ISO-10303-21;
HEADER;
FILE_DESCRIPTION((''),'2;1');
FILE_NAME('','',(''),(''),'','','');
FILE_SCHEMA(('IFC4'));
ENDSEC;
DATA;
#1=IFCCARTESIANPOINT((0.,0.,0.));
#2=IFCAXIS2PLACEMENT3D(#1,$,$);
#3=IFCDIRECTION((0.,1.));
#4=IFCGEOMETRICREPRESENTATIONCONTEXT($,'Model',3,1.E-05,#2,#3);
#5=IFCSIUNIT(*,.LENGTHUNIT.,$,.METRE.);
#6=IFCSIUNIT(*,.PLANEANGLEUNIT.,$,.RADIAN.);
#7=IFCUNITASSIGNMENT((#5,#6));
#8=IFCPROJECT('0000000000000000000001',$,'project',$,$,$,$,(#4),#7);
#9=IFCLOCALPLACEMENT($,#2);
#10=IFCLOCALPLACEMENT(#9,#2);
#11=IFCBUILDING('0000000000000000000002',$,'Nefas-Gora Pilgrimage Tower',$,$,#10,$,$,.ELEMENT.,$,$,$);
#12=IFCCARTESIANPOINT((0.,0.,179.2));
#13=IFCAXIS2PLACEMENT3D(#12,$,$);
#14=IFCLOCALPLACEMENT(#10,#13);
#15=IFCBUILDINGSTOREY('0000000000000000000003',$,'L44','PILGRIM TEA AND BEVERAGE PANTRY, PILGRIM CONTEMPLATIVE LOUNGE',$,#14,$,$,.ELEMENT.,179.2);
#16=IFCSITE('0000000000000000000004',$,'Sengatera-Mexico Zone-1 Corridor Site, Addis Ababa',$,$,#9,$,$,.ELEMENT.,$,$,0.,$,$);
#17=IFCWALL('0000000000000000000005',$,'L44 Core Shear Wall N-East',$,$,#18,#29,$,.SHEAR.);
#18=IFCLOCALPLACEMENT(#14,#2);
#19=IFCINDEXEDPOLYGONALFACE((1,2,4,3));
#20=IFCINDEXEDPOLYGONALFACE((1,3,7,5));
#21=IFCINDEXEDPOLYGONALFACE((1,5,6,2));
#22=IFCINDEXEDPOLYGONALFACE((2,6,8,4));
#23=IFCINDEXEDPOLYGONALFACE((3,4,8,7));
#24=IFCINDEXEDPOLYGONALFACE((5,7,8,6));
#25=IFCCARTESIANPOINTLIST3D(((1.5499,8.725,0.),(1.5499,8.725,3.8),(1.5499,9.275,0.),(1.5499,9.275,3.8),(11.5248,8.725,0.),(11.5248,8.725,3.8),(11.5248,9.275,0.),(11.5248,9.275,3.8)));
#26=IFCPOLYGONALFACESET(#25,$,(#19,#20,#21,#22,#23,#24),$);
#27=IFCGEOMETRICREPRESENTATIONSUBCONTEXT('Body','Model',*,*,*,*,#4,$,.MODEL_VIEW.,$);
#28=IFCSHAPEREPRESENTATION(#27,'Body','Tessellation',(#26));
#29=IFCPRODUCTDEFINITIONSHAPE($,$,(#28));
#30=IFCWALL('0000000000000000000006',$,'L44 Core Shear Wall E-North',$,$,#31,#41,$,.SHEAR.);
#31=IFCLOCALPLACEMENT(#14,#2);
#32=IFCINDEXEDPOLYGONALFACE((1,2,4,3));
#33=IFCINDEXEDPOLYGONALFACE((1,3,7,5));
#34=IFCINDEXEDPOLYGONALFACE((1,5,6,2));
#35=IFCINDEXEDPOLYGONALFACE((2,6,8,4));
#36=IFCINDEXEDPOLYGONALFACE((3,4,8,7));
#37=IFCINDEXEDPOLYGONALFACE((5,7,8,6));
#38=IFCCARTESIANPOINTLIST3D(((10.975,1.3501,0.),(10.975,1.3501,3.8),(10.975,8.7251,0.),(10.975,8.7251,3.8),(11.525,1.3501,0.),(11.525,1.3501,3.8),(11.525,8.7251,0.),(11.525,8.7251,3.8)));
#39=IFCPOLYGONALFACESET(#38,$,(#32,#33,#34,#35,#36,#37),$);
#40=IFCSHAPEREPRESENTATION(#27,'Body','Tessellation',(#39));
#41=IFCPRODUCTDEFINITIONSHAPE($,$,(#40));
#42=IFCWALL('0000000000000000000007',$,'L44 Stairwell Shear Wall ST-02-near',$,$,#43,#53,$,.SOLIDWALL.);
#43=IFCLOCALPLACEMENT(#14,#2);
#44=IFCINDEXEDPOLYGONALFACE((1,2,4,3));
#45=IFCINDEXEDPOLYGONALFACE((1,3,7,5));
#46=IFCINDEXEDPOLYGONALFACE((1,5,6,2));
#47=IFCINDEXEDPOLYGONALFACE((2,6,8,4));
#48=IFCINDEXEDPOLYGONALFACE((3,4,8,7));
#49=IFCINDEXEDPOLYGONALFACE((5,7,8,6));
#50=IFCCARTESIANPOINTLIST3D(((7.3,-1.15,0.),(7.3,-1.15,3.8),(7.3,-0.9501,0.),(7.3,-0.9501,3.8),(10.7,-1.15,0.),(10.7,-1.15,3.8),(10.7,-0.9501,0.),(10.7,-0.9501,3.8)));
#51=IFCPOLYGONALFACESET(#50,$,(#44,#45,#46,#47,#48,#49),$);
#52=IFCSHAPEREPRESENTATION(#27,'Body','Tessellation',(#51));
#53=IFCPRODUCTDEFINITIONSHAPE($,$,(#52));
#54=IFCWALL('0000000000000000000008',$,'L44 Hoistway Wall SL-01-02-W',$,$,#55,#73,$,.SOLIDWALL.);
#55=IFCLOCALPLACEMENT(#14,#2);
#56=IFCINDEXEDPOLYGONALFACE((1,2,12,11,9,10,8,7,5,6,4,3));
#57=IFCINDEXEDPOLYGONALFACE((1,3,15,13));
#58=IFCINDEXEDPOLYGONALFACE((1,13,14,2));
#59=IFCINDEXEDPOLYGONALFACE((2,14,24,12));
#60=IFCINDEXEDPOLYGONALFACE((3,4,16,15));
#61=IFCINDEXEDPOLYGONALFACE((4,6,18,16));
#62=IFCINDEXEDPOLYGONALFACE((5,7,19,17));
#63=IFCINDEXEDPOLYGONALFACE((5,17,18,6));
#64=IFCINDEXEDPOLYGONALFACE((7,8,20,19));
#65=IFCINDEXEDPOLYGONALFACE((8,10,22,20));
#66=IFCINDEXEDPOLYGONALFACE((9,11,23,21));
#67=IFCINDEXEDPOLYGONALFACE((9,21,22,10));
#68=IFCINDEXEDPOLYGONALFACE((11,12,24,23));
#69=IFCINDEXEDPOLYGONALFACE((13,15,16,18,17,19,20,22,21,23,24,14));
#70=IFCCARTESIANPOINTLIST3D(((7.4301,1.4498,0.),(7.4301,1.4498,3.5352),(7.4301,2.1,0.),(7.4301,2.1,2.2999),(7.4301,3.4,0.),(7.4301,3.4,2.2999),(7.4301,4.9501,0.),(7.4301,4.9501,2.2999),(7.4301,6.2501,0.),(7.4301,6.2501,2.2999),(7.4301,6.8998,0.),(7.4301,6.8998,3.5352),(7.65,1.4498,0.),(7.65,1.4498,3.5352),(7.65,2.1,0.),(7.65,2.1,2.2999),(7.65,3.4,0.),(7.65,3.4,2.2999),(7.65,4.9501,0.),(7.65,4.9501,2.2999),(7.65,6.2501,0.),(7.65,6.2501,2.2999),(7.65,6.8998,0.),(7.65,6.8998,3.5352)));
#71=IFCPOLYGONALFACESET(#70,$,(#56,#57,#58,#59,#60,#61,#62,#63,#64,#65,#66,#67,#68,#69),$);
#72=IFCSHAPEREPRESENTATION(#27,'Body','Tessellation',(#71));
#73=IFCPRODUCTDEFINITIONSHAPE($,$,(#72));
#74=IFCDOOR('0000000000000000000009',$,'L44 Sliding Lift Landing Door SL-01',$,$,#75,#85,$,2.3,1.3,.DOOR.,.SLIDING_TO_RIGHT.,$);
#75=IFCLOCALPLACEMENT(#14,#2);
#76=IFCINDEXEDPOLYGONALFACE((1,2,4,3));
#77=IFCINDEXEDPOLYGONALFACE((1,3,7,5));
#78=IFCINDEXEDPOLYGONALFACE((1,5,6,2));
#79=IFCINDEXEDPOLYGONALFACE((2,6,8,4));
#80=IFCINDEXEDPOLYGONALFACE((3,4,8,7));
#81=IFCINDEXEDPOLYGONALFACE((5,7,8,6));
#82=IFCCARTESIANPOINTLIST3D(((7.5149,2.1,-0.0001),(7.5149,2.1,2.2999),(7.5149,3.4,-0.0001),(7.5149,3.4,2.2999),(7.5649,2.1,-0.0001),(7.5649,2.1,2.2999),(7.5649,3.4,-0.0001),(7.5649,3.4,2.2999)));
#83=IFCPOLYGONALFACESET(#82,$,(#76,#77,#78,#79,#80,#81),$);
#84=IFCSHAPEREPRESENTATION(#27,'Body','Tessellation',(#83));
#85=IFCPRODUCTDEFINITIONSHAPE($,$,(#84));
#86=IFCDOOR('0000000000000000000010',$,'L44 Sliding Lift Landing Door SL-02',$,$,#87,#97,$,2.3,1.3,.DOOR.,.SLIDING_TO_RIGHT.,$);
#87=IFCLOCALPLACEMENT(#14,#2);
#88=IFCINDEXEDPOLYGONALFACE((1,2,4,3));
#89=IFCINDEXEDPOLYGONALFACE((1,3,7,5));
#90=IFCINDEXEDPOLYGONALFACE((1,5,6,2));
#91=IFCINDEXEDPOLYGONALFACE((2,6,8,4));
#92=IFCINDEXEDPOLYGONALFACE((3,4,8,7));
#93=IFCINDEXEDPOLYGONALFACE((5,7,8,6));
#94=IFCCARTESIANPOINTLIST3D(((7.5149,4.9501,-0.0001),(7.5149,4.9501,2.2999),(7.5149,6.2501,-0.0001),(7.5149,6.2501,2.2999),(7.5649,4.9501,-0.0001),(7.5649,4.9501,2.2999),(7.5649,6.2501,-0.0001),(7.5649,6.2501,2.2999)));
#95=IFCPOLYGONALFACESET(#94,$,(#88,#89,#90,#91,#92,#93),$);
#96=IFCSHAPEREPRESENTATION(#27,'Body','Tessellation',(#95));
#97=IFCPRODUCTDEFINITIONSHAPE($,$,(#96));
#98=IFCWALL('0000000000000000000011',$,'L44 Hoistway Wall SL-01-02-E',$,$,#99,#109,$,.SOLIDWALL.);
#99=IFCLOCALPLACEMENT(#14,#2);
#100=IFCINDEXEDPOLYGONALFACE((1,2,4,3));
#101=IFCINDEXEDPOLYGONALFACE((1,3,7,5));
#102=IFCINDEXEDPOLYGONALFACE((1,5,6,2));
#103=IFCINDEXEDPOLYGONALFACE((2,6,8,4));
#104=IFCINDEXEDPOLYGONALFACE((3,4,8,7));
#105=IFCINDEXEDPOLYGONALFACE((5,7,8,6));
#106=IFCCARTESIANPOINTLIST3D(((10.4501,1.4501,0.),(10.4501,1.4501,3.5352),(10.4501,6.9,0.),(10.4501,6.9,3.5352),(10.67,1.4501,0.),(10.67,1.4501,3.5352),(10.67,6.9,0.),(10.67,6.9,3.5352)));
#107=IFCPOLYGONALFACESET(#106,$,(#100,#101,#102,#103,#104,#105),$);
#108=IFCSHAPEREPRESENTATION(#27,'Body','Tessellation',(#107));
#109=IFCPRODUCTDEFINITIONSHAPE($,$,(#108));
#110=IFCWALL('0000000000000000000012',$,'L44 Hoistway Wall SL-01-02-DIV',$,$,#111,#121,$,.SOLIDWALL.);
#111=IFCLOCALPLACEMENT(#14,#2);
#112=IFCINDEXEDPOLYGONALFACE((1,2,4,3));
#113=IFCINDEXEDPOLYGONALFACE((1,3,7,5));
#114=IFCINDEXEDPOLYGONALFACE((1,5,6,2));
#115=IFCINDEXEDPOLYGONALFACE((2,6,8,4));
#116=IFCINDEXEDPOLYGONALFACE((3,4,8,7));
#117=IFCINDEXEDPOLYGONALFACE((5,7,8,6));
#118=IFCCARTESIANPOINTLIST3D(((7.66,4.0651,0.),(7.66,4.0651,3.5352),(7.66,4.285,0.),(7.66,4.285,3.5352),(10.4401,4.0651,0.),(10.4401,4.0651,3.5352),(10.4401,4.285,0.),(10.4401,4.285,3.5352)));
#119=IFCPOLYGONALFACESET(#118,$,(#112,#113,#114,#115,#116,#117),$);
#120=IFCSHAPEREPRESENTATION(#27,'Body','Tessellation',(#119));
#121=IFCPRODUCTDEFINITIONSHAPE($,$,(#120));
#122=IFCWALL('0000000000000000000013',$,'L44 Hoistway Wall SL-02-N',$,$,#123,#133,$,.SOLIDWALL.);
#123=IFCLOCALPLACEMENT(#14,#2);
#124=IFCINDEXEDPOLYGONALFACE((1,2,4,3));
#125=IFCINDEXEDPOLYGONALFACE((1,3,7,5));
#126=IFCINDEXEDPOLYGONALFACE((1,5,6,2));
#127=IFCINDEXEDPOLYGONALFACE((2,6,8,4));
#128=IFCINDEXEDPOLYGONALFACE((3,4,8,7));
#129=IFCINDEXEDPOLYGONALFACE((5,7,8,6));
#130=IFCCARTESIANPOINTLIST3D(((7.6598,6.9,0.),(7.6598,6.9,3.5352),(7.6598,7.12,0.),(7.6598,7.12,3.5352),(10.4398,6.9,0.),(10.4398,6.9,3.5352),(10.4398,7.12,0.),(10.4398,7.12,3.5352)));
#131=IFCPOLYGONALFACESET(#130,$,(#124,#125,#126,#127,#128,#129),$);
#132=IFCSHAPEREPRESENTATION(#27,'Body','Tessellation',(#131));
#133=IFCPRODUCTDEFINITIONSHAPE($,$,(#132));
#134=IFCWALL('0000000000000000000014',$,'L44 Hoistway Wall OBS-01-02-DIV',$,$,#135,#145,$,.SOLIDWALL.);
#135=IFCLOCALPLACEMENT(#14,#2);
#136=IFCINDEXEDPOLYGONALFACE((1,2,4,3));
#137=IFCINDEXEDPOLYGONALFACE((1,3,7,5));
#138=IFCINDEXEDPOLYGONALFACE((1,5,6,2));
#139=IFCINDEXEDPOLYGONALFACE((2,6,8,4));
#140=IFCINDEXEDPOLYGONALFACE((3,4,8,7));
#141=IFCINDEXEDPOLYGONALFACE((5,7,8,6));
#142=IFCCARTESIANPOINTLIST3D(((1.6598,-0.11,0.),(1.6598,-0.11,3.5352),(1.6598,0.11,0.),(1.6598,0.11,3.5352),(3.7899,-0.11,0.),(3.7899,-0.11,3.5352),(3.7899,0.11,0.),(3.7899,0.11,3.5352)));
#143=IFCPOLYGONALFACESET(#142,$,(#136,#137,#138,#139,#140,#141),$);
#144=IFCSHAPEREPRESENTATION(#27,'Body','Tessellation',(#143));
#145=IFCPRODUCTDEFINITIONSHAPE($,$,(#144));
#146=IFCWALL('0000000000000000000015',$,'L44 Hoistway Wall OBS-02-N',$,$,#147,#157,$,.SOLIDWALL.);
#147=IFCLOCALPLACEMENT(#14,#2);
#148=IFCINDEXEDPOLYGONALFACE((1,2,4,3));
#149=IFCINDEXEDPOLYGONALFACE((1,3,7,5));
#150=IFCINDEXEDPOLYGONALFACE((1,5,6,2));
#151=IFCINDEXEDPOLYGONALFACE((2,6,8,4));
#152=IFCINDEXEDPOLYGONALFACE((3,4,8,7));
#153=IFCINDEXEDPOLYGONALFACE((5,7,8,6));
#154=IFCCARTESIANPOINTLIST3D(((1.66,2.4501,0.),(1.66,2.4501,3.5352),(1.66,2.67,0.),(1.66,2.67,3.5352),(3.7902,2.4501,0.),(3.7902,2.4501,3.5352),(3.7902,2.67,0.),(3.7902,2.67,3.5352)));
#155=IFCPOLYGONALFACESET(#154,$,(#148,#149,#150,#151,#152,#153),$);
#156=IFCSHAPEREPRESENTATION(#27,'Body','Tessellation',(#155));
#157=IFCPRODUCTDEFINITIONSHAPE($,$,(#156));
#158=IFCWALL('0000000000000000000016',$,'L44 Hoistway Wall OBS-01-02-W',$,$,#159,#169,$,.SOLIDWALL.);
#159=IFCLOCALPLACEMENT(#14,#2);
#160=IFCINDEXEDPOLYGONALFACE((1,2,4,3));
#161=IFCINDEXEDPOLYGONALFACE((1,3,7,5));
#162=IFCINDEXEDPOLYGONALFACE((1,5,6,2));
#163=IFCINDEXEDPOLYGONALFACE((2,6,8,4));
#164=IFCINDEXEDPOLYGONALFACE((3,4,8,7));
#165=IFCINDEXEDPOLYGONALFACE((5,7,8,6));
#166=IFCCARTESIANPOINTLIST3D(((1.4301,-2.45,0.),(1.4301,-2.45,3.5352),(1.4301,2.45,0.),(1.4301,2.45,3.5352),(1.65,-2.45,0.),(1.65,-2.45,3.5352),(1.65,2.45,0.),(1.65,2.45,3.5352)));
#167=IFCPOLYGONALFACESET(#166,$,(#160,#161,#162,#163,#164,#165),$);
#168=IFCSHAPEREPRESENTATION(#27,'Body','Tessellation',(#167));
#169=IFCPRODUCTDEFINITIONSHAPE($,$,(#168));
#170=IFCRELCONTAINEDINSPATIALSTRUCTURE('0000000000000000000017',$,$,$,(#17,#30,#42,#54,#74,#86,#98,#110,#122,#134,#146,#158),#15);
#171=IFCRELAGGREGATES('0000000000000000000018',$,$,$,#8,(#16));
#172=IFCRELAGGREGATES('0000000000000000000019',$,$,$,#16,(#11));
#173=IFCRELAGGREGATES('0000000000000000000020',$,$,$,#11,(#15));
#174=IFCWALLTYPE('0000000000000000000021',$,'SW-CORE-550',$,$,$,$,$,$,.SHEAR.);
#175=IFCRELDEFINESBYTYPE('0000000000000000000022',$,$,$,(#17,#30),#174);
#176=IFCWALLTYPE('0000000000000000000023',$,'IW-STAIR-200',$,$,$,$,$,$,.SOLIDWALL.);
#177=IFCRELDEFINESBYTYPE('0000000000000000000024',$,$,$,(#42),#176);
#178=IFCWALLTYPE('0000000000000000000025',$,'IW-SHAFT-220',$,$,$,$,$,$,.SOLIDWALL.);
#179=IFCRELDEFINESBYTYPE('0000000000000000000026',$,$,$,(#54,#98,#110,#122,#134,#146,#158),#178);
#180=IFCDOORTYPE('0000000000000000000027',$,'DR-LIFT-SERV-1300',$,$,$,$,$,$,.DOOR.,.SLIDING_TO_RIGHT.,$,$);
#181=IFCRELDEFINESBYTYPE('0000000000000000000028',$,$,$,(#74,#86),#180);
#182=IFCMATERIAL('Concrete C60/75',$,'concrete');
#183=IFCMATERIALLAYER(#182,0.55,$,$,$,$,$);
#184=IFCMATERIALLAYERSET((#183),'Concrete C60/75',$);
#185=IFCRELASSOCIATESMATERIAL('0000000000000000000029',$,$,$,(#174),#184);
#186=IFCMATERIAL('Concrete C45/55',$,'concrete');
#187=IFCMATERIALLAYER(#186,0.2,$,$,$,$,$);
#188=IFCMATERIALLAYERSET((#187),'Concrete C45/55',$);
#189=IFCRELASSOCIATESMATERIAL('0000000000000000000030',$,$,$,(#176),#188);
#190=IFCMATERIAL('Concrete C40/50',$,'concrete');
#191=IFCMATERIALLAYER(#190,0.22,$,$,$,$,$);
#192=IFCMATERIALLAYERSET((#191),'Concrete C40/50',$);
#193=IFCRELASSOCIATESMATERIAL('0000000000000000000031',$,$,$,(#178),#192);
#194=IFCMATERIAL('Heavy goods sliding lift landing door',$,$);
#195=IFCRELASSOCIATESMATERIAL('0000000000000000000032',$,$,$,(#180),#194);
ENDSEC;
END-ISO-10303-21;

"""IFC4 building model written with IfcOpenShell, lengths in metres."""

from ifc_helpers import new_model, si_unit, direction, frame, frame_2d, origin, place, context, subcontext, project, spatial, rectangle, extrude, source, transform, mapped, material, layer, layer_set, type_object, element, fill, save


model = new_model("IFC4")

# Units and contexts
model_context = context("Model", 3, precision=1e-05, world=origin(), true_north=direction((0.0, 1.0)))
body_context = subcontext(model_context, "Body", "Model", "MODEL_VIEW")
ifc_project = project(units=[si_unit("LENGTHUNIT", "METRE"), si_unit("PLANEANGLEUNIT", "RADIAN")], contexts=[model_context])

# Site, building, storey
site_placement = place(None, origin())
site = spatial("IfcSite", under=ifc_project, at=site_placement, Name="Sengatera-Mexico Zone-1 Corridor Site, Addis Ababa", CompositionType="ELEMENT", RefElevation=0.0)
building_placement = place(site_placement, origin())
building = spatial("IfcBuilding", under=site, at=building_placement, Name="Nefas-Gora Pilgrimage Tower", CompositionType="ELEMENT")
storey_placement = place(building_placement, frame((0.0, 0.0, 179.2)))
storey = spatial("IfcBuildingStorey", under=building, at=storey_placement, Name="L44", Description="PILGRIM TEA AND BEVERAGE PANTRY, PILGRIM CONTEMPLATIVE LOUNGE", CompositionType="ELEMENT", Elevation=179.2)

# Shared definitions
ifc_material_1 = material(Name="Concrete C40/50", Category="concrete")

# Shared definitions
ifc_material_2 = material(Name="Concrete C45/55", Category="concrete")

# Walls
ifc_material_3 = material(Name="Concrete C60/75", Category="concrete")
ifc_layer_1 = layer(ifc_material_3, 0.55)
ifc_layer_set_1 = layer_set([ifc_layer_1], Name="Concrete C60/75")
wall_type_1 = type_object("IfcWallType", Name="SW-CORE-550", PredefinedType="SHEAR", material=ifc_layer_set_1)
shared_shape_1 = source(origin(), body_context, "Body", "SweptSolid", [
    extrude(rectangle(XDim=9.9749, YDim=0.55, at=frame_2d((4.9873, 0.0))), origin(), (0.0, 0.0, 1.0), 3.8),
])
wall_1_placement = place(storey_placement, frame((1.55, 9.0, 0.0), z_axis=(0.0, 0.0, 1.0), x_axis=(1.0, 0.0, 0.0)))
element("IfcWall", 1, at=wall_1_placement, inside=storey, type_object=wall_type_1, Name="L44 Core Shear Wall N-East", PredefinedType="SHEAR", context=body_context, shape_type="MappedRepresentation", body=[
    mapped(shared_shape_1, transform((0.0, 0.0, 0.0), x_axis=(1.0, 0.0, 0.0), y_axis=(0.0, 1.0, 0.0), z_axis=(0.0, 0.0, 1.0), scale=1.0)),
])
shared_shape_2 = source(origin(), body_context, "Body", "SweptSolid", [
    extrude(rectangle(XDim=7.375, YDim=0.55, at=frame_2d((3.6875, 0.0))), origin(), (0.0, 0.0, 1.0), 3.8),
])
wall_2_placement = place(storey_placement, frame((11.25, 1.3501, 0.0), z_axis=(0.0, 0.0, 1.0), x_axis=(0.0, 1.0, 0.0)))
element("IfcWall", 2, at=wall_2_placement, inside=storey, type_object=wall_type_1, Name="L44 Core Shear Wall E-North", PredefinedType="SHEAR", context=body_context, shape_type="MappedRepresentation", body=[
    mapped(shared_shape_2, transform((0.0, 0.0, 0.0), x_axis=(1.0, 0.0, 0.0), y_axis=(0.0, 1.0, 0.0), z_axis=(0.0, 0.0, 1.0), scale=1.0)),
])
ifc_layer_2 = layer(ifc_material_2, 0.2)
ifc_layer_set_2 = layer_set([ifc_layer_2], Name="Concrete C45/55")
wall_type_2 = type_object("IfcWallType", Name="IW-STAIR-200", PredefinedType="SOLIDWALL", material=ifc_layer_set_2)
shared_shape_3 = source(origin(), body_context, "Body", "SweptSolid", [
    extrude(rectangle(XDim=3.3999, YDim=0.2, at=frame_2d((1.7, 0.0))), origin(), (0.0, 0.0, 1.0), 3.8),
])
wall_3_placement = place(storey_placement, frame((7.3, -1.05, 0.0), z_axis=(0.0, 0.0, 1.0), x_axis=(1.0, 0.0, 0.0)))
element("IfcWall", 3, at=wall_3_placement, inside=storey, type_object=wall_type_2, Name="L44 Stairwell Shear Wall ST-02-near", PredefinedType="SOLIDWALL", context=body_context, shape_type="MappedRepresentation", body=[
    mapped(shared_shape_3, transform((0.0, 0.0, 0.0), x_axis=(1.0, 0.0, 0.0), y_axis=(0.0, 1.0, 0.0), z_axis=(0.0, 0.0, 1.0), scale=1.0)),
])

# Wall, openings, doors
ifc_layer_3 = layer(ifc_material_1, 0.22)
ifc_layer_set_3 = layer_set([ifc_layer_3], Name="Concrete C40/50")
wall_type_3 = type_object("IfcWallType", Name="IW-SHAFT-220", PredefinedType="SOLIDWALL", material=ifc_layer_set_3)
shared_shape_4 = source(origin(), body_context, "Body", "SweptSolid", [
    extrude(rectangle(XDim=5.45, YDim=0.22, at=frame_2d((2.7251, 0.0))), origin(), (0.0, 0.0, 1.0), 3.5352),
])
wall_4_placement = place(storey_placement, frame((7.54, 6.8999, 0.0), z_axis=(0.0, 0.0, 1.0), x_axis=(0.0, -1.0, 0.0)))
wall_4 = element("IfcWall", 4, at=wall_4_placement, inside=storey, type_object=wall_type_3, Name="L44 Hoistway Wall SL-01-02-W", PredefinedType="SOLIDWALL", context=body_context, shape_type="MappedRepresentation", body=[
    mapped(shared_shape_4, transform((0.0, 0.0, 0.0), x_axis=(1.0, 0.0, 0.0), y_axis=(0.0, 1.0, 0.0), z_axis=(0.0, 0.0, 1.0), scale=1.0)),
])
opening_1_placement = place(wall_4_placement, frame((3.5, 0.0, 0.0)))
opening_1 = element("IfcOpeningElement", 5, at=opening_1_placement, cuts=wall_4, PredefinedType="OPENING", context=body_context, shape_type="SweptSolid", body=[
    extrude(rectangle(XDim=1.3, YDim=2.3, at=frame_2d((0.6499, 1.1499))), frame((0.0, 0.1199, 0.0), z_axis=(0.0, -1.0, 0.0), x_axis=(1.0, 0.0, 0.0)), (0.0, 0.0, 1.0), 0.24),
])
opening_2_placement = place(wall_4_placement, frame((0.6499, 0.0, 0.0)))
opening_2 = element("IfcOpeningElement", 6, at=opening_2_placement, cuts=wall_4, PredefinedType="OPENING", context=body_context, shape_type="SweptSolid", body=[
    extrude(rectangle(XDim=1.3, YDim=2.3, at=frame_2d((0.6499, 1.1499))), frame((0.0, 0.1199, 0.0), z_axis=(0.0, -1.0, 0.0), x_axis=(1.0, 0.0, 0.0)), (0.0, 0.0, 1.0), 0.24),
])
ifc_material_4 = material(Name="Heavy goods sliding lift landing door")
door_type_1 = type_object("IfcDoorType", Name="DR-LIFT-SERV-1300", OperationType="SLIDING_TO_RIGHT", PredefinedType="DOOR", material=ifc_material_4)
shared_shape_5 = source(origin(), body_context, "Body", "SweptSolid", [
    extrude(rectangle(XDim=1.3, YDim=2.3, at=frame_2d((0.6499, 1.1499))), frame((0.0, 0.0249, 0.0), z_axis=(0.0, -1.0, 0.0), x_axis=(1.0, 0.0, 0.0)), (0.0, 0.0, 1.0), 0.05),
])
door_1_placement = place(opening_1_placement, origin())
door_1 = element("IfcDoor", 7, at=door_1_placement, inside=storey, type_object=door_type_1, Name="L44 Sliding Lift Landing Door SL-01", OperationType="SLIDING_TO_RIGHT", OverallHeight=2.3, OverallWidth=1.3, PredefinedType="DOOR", context=body_context, shape_type="MappedRepresentation", body=[
    mapped(shared_shape_5, transform((0.0, 0.0, 0.0), x_axis=(1.0, 0.0, 0.0), y_axis=(0.0, 1.0, 0.0), z_axis=(0.0, 0.0, 1.0), scale=1.0)),
])
fill(opening_1, door_1)
door_2_placement = place(opening_2_placement, origin())
door_2 = element("IfcDoor", 8, at=door_2_placement, inside=storey, type_object=door_type_1, Name="L44 Sliding Lift Landing Door SL-02", OperationType="SLIDING_TO_RIGHT", OverallHeight=2.3, OverallWidth=1.3, PredefinedType="DOOR", context=body_context, shape_type="MappedRepresentation", body=[
    mapped(shared_shape_5, transform((0.0, 0.0, 0.0), x_axis=(1.0, 0.0, 0.0), y_axis=(0.0, 1.0, 0.0), z_axis=(0.0, 0.0, 1.0), scale=1.0)),
])
fill(opening_2, door_2)

# Walls
wall_5_placement = place(storey_placement, frame((10.5601, 1.45, 0.0), z_axis=(0.0, 0.0, 1.0), x_axis=(0.0, 1.0, 0.0)))
element("IfcWall", 9, at=wall_5_placement, inside=storey, type_object=wall_type_3, Name="L44 Hoistway Wall SL-01-02-E", PredefinedType="SOLIDWALL", context=body_context, shape_type="MappedRepresentation", body=[
    mapped(shared_shape_4, transform((0.0, 0.0, 0.0), x_axis=(1.0, 0.0, 0.0), y_axis=(0.0, 1.0, 0.0), z_axis=(0.0, 0.0, 1.0), scale=1.0)),
])
shared_shape_6 = source(origin(), body_context, "Body", "SweptSolid", [
    extrude(rectangle(XDim=2.78, YDim=0.22, at=frame_2d((1.3901, 0.0))), origin(), (0.0, 0.0, 1.0), 3.5352),
])
for number, where, z_axis, x_axis, name in (
    (10, (7.6599, 4.175, 0.0), (0.0, 0.0, 1.0), (1.0, 0.0, 0.0), "L44 Hoistway Wall SL-01-02-DIV"),
    (11, (10.4399, 7.01, 0.0), (0.0, 0.0, 1.0), (-1.0, 0.0, 0.0), "L44 Hoistway Wall SL-02-N"),
):
    element("IfcWall", number, at=place(storey_placement, frame(where, z_axis=z_axis, x_axis=x_axis)), inside=storey, type_object=wall_type_3, Name=name, PredefinedType="SOLIDWALL", context=body_context, shape_type="MappedRepresentation", body=[
        mapped(shared_shape_6, transform((0.0, 0.0, 0.0), x_axis=(1.0, 0.0, 0.0), y_axis=(0.0, 1.0, 0.0), z_axis=(0.0, 0.0, 1.0), scale=1.0)),
    ])
shared_shape_7 = source(origin(), body_context, "Body", "SweptSolid", [
    extrude(rectangle(XDim=2.1301, YDim=0.22, at=frame_2d((1.0649, 0.0))), origin(), (0.0, 0.0, 1.0), 3.5352),
])
for number, where, z_axis, x_axis, name in (
    (12, (1.6599, 0.0, 0.0), (0.0, 0.0, 1.0), (1.0, 0.0, 0.0), "L44 Hoistway Wall OBS-01-02-DIV"),
    (13, (3.79, 2.5601, 0.0), (0.0, 0.0, 1.0), (-1.0, 0.0, 0.0), "L44 Hoistway Wall OBS-02-N"),
):
    element("IfcWall", number, at=place(storey_placement, frame(where, z_axis=z_axis, x_axis=x_axis)), inside=storey, type_object=wall_type_3, Name=name, PredefinedType="SOLIDWALL", context=body_context, shape_type="MappedRepresentation", body=[
        mapped(shared_shape_7, transform((0.0, 0.0, 0.0), x_axis=(1.0, 0.0, 0.0), y_axis=(0.0, 1.0, 0.0), z_axis=(0.0, 0.0, 1.0), scale=1.0)),
    ])
shared_shape_8 = source(origin(), body_context, "Body", "SweptSolid", [
    extrude(rectangle(XDim=4.8999, YDim=0.22, at=frame_2d((2.45, 0.0))), origin(), (0.0, 0.0, 1.0), 3.5352),
])
wall_6_placement = place(storey_placement, frame((1.54, 2.45, 0.0), z_axis=(0.0, 0.0, 1.0), x_axis=(0.0, -1.0, 0.0)))
element("IfcWall", 14, at=wall_6_placement, inside=storey, type_object=wall_type_3, Name="L44 Hoistway Wall OBS-01-02-W", PredefinedType="SOLIDWALL", context=body_context, shape_type="MappedRepresentation", body=[
    mapped(shared_shape_8, transform((0.0, 0.0, 0.0), x_axis=(1.0, 0.0, 0.0), y_axis=(0.0, 1.0, 0.0), z_axis=(0.0, 0.0, 1.0), scale=1.0)),
])

save(model, "model.ifc")
